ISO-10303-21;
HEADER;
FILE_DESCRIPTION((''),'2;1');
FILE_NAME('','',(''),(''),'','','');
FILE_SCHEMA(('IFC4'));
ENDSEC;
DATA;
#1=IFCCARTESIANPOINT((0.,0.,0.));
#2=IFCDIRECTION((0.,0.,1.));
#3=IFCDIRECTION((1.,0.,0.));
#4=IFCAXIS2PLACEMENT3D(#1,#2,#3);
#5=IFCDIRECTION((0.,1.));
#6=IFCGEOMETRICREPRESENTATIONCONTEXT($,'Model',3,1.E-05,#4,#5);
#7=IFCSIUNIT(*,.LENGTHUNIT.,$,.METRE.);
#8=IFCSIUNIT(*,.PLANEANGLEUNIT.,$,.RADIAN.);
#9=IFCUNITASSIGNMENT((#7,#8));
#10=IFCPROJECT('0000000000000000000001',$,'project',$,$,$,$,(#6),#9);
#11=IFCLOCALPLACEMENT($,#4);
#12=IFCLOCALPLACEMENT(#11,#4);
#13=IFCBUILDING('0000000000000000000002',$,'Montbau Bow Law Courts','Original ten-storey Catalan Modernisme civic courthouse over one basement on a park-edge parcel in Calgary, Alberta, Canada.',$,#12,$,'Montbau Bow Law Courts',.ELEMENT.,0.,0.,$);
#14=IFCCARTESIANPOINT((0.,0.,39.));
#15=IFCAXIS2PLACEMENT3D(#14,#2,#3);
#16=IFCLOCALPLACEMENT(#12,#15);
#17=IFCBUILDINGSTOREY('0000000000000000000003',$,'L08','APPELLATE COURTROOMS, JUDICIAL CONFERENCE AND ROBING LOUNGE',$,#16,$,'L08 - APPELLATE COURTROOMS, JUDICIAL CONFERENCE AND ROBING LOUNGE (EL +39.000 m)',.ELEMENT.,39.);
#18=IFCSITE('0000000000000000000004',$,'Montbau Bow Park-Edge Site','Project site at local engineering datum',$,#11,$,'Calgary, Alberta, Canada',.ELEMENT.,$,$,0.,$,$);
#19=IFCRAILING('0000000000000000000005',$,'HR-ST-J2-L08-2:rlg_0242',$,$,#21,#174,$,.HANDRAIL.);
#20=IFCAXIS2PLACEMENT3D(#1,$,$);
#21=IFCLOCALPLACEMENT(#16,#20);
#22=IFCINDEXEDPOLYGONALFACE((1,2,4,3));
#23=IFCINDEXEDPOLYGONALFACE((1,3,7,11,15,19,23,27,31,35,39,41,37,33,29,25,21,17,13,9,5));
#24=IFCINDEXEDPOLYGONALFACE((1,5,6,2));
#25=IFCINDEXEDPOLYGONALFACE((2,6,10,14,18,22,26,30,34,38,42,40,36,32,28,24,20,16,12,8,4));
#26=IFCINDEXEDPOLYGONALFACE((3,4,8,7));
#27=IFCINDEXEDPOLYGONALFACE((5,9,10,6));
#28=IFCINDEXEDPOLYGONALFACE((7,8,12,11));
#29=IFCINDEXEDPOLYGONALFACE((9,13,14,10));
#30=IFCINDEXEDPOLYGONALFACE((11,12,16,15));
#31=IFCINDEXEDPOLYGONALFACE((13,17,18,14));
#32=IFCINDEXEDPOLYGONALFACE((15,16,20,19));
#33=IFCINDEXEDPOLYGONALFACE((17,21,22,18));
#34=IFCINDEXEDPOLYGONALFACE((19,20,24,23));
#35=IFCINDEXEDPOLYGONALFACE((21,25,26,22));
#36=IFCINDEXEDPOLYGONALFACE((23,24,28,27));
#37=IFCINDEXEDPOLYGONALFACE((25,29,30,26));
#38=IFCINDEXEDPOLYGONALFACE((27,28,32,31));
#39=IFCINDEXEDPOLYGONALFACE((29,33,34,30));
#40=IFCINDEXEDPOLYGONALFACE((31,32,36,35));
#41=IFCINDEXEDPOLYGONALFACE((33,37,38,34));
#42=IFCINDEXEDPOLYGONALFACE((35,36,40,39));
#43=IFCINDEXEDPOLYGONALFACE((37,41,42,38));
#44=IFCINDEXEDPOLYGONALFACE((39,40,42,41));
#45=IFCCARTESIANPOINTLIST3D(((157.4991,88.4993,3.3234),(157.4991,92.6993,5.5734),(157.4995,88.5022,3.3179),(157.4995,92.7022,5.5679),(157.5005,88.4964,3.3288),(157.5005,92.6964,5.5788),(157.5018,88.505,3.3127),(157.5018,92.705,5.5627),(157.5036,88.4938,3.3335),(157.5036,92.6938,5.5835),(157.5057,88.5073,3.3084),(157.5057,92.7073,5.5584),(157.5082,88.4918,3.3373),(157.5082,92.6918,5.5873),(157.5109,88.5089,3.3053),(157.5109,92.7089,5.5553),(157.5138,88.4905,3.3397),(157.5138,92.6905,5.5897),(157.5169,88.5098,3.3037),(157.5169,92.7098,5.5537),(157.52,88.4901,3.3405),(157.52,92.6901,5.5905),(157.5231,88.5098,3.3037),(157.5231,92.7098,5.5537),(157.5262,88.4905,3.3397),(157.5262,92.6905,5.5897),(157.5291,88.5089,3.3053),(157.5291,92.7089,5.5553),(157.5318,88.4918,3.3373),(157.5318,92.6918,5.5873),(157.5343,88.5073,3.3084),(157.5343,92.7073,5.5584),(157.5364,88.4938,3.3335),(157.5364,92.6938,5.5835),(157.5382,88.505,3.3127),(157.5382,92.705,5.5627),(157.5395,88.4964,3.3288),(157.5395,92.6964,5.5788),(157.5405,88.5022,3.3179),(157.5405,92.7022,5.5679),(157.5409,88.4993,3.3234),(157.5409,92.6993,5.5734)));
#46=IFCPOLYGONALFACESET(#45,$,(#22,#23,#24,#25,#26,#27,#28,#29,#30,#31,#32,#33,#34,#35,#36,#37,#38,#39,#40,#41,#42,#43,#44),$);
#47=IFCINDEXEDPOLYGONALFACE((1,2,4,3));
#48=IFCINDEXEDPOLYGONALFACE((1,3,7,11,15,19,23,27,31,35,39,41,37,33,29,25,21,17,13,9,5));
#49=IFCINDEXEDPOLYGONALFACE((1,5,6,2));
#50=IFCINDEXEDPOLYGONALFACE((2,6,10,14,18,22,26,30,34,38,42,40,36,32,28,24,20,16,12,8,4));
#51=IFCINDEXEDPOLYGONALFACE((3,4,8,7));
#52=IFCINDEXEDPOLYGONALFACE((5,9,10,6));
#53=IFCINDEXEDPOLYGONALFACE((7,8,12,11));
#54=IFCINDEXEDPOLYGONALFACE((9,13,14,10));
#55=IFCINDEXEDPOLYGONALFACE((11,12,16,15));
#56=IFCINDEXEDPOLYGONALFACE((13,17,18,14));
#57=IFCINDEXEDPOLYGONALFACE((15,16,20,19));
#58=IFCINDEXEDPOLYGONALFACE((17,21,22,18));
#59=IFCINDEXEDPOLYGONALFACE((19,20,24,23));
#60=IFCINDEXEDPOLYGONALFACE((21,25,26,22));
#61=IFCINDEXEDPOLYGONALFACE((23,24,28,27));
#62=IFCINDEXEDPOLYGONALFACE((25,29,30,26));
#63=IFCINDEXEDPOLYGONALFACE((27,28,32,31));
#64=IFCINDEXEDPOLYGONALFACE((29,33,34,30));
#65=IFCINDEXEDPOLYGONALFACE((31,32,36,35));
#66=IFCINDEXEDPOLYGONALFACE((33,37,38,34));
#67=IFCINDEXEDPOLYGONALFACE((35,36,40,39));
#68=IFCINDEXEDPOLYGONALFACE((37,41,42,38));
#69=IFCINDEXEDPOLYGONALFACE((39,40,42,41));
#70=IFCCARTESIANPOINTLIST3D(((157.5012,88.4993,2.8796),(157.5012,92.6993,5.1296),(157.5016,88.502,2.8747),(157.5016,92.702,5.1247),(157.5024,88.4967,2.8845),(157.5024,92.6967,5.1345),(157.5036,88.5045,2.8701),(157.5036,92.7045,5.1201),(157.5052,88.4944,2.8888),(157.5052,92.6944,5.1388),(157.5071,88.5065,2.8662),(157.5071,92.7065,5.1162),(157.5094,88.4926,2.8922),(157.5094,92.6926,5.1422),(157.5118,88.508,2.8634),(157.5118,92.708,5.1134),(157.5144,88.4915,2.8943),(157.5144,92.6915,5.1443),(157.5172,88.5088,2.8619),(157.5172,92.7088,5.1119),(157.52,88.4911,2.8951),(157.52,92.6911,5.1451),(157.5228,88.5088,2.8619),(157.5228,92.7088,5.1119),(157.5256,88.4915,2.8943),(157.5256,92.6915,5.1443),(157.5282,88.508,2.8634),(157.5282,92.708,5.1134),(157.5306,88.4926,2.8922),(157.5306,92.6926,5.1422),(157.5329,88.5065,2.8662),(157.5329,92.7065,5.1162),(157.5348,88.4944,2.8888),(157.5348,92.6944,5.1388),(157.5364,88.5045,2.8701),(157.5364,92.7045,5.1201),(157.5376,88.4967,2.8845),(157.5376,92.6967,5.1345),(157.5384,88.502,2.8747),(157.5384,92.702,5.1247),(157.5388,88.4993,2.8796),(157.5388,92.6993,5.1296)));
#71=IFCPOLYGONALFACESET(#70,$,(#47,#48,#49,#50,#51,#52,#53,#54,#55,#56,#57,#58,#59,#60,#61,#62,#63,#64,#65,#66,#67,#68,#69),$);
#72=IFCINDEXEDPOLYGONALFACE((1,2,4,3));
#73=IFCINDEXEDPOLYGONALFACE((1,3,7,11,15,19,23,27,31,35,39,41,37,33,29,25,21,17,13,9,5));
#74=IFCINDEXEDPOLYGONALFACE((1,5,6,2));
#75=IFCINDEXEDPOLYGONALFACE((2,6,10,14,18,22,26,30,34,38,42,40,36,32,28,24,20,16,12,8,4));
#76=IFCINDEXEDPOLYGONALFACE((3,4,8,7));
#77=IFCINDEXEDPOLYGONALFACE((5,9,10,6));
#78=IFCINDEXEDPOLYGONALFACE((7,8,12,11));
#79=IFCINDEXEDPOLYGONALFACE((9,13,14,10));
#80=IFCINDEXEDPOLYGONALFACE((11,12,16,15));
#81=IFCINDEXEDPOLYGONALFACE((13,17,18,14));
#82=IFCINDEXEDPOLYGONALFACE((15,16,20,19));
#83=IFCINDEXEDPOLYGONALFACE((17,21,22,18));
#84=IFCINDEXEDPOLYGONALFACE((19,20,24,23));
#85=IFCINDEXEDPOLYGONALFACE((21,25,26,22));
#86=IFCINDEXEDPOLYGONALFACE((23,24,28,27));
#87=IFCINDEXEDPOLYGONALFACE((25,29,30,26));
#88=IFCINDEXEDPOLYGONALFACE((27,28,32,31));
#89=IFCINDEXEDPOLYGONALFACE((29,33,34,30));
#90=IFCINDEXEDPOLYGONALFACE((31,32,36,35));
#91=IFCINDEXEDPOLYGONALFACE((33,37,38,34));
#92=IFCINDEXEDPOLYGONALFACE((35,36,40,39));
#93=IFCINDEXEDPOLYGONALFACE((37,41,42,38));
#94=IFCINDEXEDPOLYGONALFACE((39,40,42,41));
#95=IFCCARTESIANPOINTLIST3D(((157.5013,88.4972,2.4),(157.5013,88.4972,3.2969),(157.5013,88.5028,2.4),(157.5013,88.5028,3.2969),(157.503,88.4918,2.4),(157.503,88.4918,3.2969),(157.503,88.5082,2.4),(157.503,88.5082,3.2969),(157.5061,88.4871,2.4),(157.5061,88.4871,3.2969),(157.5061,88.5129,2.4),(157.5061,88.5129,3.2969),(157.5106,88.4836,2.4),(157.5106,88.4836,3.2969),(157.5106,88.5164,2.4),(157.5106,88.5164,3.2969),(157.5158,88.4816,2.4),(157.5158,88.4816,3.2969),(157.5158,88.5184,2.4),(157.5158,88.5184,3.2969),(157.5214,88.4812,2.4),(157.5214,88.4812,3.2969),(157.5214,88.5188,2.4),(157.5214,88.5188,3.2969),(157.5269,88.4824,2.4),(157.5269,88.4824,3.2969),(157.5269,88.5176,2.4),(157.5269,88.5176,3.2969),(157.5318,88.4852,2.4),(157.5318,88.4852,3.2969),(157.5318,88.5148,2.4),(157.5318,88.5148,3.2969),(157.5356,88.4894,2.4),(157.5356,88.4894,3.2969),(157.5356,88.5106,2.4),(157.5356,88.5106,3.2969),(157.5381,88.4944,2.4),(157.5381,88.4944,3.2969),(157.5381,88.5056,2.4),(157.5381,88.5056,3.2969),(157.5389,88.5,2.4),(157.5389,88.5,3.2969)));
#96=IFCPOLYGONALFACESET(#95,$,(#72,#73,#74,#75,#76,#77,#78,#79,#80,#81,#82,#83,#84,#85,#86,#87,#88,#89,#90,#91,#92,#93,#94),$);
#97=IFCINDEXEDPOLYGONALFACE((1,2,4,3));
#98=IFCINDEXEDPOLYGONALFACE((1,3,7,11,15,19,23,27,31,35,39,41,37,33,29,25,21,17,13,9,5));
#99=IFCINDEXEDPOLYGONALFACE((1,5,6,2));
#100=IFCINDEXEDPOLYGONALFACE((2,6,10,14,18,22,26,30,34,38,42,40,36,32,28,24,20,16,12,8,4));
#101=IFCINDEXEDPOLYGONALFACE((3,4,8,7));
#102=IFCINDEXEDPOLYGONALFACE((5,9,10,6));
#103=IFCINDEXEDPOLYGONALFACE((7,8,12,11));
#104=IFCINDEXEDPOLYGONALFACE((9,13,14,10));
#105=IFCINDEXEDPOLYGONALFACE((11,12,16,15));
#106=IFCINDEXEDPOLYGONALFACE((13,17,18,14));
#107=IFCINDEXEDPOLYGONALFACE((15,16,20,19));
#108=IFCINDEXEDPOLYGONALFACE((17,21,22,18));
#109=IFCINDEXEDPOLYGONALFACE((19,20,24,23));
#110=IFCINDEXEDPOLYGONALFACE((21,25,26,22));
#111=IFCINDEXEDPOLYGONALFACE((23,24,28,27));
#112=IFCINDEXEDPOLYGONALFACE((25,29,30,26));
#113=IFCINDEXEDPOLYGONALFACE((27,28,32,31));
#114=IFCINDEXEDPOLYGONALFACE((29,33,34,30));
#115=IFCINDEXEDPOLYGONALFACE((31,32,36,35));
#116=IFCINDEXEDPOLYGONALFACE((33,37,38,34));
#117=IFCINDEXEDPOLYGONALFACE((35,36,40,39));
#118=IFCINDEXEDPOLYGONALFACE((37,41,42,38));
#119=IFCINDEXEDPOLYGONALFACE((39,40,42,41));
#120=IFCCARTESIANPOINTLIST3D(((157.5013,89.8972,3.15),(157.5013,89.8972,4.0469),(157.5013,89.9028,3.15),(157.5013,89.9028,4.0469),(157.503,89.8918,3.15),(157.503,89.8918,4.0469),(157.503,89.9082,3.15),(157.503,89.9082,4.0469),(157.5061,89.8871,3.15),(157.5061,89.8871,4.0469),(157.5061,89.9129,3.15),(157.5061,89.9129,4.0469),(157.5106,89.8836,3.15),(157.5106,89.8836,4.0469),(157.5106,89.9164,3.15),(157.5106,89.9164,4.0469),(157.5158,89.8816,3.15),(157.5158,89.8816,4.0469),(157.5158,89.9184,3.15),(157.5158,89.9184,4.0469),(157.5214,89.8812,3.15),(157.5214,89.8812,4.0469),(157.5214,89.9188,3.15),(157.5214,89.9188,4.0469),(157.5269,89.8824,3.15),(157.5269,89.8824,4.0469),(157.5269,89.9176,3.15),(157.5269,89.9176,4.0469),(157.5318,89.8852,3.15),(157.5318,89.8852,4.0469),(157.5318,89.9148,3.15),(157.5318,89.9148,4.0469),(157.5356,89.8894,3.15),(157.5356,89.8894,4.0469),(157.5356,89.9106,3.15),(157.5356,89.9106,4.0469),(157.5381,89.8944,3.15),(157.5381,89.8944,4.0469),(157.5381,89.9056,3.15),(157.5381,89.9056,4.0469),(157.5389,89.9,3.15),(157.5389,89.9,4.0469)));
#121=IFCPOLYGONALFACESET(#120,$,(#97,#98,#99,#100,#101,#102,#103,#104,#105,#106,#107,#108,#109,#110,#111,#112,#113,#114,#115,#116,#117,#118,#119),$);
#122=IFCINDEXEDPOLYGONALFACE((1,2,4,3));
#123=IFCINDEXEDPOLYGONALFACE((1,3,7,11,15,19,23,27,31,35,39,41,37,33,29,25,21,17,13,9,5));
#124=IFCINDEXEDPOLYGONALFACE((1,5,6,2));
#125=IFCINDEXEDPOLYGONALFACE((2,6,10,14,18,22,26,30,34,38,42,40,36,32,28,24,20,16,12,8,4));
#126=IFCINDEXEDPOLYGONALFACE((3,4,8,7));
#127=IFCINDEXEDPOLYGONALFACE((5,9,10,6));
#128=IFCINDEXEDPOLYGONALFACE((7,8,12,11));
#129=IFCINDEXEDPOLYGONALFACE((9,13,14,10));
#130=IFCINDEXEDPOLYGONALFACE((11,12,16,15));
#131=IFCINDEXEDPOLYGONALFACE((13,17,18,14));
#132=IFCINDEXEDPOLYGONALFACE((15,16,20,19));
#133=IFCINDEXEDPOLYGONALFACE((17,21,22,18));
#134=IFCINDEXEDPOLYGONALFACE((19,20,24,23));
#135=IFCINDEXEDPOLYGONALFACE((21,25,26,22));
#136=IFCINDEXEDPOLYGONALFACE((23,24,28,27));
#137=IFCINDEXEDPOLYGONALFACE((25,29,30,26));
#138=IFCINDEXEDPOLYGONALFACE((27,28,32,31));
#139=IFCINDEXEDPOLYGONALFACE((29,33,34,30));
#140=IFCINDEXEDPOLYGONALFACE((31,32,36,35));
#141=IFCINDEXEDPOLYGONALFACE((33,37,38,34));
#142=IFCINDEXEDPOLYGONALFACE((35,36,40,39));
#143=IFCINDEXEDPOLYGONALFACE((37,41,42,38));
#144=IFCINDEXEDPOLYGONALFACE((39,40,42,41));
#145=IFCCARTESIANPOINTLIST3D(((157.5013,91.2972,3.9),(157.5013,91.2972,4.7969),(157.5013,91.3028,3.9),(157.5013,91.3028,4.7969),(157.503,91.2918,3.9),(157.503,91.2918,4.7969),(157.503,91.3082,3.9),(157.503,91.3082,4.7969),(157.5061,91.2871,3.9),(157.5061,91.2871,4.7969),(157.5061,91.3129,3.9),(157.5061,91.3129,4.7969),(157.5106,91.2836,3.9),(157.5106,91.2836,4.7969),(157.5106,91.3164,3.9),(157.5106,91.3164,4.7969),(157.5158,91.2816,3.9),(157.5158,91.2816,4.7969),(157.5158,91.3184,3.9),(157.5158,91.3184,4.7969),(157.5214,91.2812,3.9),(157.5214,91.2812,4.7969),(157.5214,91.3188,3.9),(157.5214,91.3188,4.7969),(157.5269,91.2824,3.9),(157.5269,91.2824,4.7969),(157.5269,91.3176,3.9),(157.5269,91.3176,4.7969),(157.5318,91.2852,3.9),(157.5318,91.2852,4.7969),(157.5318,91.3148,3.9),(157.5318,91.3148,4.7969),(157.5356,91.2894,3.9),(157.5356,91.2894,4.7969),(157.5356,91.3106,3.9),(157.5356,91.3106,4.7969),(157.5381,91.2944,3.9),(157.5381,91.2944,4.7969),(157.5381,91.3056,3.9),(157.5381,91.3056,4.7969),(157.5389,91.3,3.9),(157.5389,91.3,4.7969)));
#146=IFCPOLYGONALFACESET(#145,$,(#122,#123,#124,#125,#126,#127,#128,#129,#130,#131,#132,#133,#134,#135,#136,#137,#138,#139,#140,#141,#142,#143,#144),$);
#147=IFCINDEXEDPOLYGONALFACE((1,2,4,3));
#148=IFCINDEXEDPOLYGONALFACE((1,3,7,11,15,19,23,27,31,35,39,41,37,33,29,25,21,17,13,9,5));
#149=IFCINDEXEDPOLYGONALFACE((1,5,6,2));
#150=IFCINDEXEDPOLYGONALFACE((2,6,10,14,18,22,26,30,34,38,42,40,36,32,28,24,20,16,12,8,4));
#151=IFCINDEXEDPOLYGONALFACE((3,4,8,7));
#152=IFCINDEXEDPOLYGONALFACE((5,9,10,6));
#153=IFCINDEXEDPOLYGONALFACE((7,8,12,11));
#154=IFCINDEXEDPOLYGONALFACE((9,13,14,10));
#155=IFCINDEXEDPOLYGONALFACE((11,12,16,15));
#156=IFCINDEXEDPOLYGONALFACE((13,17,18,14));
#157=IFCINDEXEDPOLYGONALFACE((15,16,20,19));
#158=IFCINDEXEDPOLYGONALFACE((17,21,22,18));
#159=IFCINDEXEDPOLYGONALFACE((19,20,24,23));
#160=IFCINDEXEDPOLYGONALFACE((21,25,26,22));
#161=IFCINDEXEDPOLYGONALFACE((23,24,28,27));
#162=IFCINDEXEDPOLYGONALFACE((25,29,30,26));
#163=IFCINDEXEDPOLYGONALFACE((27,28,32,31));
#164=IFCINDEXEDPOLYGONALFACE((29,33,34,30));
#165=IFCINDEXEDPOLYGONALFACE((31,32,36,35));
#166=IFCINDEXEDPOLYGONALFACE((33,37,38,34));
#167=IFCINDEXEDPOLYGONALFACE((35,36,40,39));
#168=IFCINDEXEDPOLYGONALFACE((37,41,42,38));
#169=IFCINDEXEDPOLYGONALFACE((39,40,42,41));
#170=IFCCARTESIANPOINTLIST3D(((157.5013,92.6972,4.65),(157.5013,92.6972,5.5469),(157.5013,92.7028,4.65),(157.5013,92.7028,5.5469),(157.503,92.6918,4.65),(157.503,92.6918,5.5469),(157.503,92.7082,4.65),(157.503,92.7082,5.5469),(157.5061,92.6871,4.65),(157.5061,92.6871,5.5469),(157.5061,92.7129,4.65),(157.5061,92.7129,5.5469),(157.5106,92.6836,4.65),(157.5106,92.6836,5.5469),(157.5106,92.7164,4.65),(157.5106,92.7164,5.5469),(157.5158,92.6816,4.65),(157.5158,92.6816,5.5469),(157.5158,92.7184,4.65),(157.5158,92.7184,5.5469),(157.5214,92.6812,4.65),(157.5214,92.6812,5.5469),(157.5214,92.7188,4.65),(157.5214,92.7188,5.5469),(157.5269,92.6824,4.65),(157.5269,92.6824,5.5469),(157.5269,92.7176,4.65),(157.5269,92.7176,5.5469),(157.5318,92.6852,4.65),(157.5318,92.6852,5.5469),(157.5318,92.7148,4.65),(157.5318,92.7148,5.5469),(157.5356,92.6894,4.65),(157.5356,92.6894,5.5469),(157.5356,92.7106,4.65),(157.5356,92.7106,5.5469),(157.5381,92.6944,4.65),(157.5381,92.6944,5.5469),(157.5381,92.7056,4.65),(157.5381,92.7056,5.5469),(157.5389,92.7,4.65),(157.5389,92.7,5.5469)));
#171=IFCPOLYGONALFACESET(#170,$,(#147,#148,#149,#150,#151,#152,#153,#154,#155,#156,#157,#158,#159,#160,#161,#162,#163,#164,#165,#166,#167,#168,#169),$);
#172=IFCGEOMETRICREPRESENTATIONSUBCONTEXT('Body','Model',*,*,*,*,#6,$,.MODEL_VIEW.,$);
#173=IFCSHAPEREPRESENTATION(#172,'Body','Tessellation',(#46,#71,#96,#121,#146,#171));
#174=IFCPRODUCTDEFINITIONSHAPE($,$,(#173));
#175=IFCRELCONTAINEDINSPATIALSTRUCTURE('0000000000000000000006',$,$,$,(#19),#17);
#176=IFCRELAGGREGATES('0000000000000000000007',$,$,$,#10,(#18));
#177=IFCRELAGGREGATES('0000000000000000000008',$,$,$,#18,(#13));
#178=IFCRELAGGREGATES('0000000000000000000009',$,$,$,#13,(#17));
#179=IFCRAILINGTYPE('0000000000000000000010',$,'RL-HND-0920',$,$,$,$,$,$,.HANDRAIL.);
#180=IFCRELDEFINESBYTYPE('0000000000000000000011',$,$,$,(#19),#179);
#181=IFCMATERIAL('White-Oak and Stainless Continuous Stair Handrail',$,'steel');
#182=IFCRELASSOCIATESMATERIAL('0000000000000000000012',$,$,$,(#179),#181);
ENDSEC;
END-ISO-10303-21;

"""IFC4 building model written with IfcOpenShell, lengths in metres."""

from ifc_helpers import new_model, si_unit, direction, frame, origin_with_axes, origin_2d_with_axis, place, context, subcontext, project, spatial, circle, extrude, material, type_object, element, save


model = new_model("IFC4")

# Units and contexts
model_context = context("Model", 3, precision=1e-05, world=origin_with_axes(), true_north=direction((0.0, 1.0)))
body_context = subcontext(model_context, "Body", "Model", "MODEL_VIEW")
ifc_project = project(units=[si_unit("LENGTHUNIT", "METRE"), si_unit("PLANEANGLEUNIT", "RADIAN")], contexts=[model_context])

# Site, building, storey
site_placement = place(None, origin_with_axes())
site = spatial("IfcSite", under=ifc_project, at=site_placement, Name="Montbau Bow Park-Edge Site", Description="Project site at local engineering datum", LongName="Calgary, Alberta, Canada", CompositionType="ELEMENT", RefElevation=0.0)
building_placement = place(site_placement, origin_with_axes())
building = spatial("IfcBuilding", under=site, at=building_placement, Name="Montbau Bow Law Courts", Description="Original ten-storey Catalan Modernisme civic courthouse over one basement on a park-edge parcel in Calgary, Alberta, Canada.", LongName="Montbau Bow Law Courts", CompositionType="ELEMENT", ElevationOfRefHeight=0.0, ElevationOfTerrain=0.0)
storey_placement = place(building_placement, frame((0.0, 0.0, 39.0), z_axis=(0.0, 0.0, 1.0), x_axis=(1.0, 0.0, 0.0)))
storey = spatial("IfcBuildingStorey", under=building, at=storey_placement, Name="L08", Description="APPELLATE COURTROOMS, JUDICIAL CONFERENCE AND ROBING LOUNGE", LongName="L08 - APPELLATE COURTROOMS, JUDICIAL CONFERENCE AND ROBING LOUNGE (EL +39.000 m)", CompositionType="ELEMENT", Elevation=39.0)

# Railing
ifc_material_1 = material(Name="White-Oak and Stainless Continuous Stair Handrail", Category="steel")
railing_type_1 = type_object("IfcRailingType", Name="RL-HND-0920", PredefinedType="HANDRAIL", material=ifc_material_1)
railing_1_placement = place(None, origin_with_axes())
element("IfcRailing", 1, at=railing_1_placement, inside=storey, type_object=railing_type_1, Name="HR-ST-J2-L08-2:rlg_0242", PredefinedType="HANDRAIL", context=body_context, shape_type="SweptSolid", body=[
    extrude(circle(Radius=0.021, at=origin_2d_with_axis()), frame((157.52, 88.5, 42.322), z_axis=(0.0, 0.88148, 0.472221), x_axis=(0.0, -0.472221, 0.88148)), (0.0, 0.0, 1.0), 4.7647),
    extrude(circle(Radius=0.0189, at=origin_2d_with_axis()), frame((157.52, 88.5, 41.8784), z_axis=(0.0, 0.88148, 0.472221), x_axis=(0.0, -0.472221, 0.88148)), (0.0, 0.0, 1.0), 4.7647),
    extrude(circle(Radius=0.0189, at=origin_2d_with_axis()), frame((157.52, 88.5, 41.4), z_axis=(0.0, 0.0, 1.0), x_axis=(1.0, 0.0, 0.0)), (0.0, 0.0, 1.0), 0.8969),
    extrude(circle(Radius=0.0189, at=origin_2d_with_axis()), frame((157.52, 89.9, 42.15), z_axis=(0.0, 0.0, 1.0), x_axis=(1.0, 0.0, 0.0)), (0.0, 0.0, 1.0), 0.8969),
    extrude(circle(Radius=0.0189, at=origin_2d_with_axis()), frame((157.52, 91.3, 42.9), z_axis=(0.0, 0.0, 1.0), x_axis=(1.0, 0.0, 0.0)), (0.0, 0.0, 1.0), 0.8969),
    extrude(circle(Radius=0.0189, at=origin_2d_with_axis()), frame((157.52, 92.7, 43.65), z_axis=(0.0, 0.0, 1.0), x_axis=(1.0, 0.0, 0.0)), (0.0, 0.0, 1.0), 0.8969),
])

save(model, "model.ifc")
